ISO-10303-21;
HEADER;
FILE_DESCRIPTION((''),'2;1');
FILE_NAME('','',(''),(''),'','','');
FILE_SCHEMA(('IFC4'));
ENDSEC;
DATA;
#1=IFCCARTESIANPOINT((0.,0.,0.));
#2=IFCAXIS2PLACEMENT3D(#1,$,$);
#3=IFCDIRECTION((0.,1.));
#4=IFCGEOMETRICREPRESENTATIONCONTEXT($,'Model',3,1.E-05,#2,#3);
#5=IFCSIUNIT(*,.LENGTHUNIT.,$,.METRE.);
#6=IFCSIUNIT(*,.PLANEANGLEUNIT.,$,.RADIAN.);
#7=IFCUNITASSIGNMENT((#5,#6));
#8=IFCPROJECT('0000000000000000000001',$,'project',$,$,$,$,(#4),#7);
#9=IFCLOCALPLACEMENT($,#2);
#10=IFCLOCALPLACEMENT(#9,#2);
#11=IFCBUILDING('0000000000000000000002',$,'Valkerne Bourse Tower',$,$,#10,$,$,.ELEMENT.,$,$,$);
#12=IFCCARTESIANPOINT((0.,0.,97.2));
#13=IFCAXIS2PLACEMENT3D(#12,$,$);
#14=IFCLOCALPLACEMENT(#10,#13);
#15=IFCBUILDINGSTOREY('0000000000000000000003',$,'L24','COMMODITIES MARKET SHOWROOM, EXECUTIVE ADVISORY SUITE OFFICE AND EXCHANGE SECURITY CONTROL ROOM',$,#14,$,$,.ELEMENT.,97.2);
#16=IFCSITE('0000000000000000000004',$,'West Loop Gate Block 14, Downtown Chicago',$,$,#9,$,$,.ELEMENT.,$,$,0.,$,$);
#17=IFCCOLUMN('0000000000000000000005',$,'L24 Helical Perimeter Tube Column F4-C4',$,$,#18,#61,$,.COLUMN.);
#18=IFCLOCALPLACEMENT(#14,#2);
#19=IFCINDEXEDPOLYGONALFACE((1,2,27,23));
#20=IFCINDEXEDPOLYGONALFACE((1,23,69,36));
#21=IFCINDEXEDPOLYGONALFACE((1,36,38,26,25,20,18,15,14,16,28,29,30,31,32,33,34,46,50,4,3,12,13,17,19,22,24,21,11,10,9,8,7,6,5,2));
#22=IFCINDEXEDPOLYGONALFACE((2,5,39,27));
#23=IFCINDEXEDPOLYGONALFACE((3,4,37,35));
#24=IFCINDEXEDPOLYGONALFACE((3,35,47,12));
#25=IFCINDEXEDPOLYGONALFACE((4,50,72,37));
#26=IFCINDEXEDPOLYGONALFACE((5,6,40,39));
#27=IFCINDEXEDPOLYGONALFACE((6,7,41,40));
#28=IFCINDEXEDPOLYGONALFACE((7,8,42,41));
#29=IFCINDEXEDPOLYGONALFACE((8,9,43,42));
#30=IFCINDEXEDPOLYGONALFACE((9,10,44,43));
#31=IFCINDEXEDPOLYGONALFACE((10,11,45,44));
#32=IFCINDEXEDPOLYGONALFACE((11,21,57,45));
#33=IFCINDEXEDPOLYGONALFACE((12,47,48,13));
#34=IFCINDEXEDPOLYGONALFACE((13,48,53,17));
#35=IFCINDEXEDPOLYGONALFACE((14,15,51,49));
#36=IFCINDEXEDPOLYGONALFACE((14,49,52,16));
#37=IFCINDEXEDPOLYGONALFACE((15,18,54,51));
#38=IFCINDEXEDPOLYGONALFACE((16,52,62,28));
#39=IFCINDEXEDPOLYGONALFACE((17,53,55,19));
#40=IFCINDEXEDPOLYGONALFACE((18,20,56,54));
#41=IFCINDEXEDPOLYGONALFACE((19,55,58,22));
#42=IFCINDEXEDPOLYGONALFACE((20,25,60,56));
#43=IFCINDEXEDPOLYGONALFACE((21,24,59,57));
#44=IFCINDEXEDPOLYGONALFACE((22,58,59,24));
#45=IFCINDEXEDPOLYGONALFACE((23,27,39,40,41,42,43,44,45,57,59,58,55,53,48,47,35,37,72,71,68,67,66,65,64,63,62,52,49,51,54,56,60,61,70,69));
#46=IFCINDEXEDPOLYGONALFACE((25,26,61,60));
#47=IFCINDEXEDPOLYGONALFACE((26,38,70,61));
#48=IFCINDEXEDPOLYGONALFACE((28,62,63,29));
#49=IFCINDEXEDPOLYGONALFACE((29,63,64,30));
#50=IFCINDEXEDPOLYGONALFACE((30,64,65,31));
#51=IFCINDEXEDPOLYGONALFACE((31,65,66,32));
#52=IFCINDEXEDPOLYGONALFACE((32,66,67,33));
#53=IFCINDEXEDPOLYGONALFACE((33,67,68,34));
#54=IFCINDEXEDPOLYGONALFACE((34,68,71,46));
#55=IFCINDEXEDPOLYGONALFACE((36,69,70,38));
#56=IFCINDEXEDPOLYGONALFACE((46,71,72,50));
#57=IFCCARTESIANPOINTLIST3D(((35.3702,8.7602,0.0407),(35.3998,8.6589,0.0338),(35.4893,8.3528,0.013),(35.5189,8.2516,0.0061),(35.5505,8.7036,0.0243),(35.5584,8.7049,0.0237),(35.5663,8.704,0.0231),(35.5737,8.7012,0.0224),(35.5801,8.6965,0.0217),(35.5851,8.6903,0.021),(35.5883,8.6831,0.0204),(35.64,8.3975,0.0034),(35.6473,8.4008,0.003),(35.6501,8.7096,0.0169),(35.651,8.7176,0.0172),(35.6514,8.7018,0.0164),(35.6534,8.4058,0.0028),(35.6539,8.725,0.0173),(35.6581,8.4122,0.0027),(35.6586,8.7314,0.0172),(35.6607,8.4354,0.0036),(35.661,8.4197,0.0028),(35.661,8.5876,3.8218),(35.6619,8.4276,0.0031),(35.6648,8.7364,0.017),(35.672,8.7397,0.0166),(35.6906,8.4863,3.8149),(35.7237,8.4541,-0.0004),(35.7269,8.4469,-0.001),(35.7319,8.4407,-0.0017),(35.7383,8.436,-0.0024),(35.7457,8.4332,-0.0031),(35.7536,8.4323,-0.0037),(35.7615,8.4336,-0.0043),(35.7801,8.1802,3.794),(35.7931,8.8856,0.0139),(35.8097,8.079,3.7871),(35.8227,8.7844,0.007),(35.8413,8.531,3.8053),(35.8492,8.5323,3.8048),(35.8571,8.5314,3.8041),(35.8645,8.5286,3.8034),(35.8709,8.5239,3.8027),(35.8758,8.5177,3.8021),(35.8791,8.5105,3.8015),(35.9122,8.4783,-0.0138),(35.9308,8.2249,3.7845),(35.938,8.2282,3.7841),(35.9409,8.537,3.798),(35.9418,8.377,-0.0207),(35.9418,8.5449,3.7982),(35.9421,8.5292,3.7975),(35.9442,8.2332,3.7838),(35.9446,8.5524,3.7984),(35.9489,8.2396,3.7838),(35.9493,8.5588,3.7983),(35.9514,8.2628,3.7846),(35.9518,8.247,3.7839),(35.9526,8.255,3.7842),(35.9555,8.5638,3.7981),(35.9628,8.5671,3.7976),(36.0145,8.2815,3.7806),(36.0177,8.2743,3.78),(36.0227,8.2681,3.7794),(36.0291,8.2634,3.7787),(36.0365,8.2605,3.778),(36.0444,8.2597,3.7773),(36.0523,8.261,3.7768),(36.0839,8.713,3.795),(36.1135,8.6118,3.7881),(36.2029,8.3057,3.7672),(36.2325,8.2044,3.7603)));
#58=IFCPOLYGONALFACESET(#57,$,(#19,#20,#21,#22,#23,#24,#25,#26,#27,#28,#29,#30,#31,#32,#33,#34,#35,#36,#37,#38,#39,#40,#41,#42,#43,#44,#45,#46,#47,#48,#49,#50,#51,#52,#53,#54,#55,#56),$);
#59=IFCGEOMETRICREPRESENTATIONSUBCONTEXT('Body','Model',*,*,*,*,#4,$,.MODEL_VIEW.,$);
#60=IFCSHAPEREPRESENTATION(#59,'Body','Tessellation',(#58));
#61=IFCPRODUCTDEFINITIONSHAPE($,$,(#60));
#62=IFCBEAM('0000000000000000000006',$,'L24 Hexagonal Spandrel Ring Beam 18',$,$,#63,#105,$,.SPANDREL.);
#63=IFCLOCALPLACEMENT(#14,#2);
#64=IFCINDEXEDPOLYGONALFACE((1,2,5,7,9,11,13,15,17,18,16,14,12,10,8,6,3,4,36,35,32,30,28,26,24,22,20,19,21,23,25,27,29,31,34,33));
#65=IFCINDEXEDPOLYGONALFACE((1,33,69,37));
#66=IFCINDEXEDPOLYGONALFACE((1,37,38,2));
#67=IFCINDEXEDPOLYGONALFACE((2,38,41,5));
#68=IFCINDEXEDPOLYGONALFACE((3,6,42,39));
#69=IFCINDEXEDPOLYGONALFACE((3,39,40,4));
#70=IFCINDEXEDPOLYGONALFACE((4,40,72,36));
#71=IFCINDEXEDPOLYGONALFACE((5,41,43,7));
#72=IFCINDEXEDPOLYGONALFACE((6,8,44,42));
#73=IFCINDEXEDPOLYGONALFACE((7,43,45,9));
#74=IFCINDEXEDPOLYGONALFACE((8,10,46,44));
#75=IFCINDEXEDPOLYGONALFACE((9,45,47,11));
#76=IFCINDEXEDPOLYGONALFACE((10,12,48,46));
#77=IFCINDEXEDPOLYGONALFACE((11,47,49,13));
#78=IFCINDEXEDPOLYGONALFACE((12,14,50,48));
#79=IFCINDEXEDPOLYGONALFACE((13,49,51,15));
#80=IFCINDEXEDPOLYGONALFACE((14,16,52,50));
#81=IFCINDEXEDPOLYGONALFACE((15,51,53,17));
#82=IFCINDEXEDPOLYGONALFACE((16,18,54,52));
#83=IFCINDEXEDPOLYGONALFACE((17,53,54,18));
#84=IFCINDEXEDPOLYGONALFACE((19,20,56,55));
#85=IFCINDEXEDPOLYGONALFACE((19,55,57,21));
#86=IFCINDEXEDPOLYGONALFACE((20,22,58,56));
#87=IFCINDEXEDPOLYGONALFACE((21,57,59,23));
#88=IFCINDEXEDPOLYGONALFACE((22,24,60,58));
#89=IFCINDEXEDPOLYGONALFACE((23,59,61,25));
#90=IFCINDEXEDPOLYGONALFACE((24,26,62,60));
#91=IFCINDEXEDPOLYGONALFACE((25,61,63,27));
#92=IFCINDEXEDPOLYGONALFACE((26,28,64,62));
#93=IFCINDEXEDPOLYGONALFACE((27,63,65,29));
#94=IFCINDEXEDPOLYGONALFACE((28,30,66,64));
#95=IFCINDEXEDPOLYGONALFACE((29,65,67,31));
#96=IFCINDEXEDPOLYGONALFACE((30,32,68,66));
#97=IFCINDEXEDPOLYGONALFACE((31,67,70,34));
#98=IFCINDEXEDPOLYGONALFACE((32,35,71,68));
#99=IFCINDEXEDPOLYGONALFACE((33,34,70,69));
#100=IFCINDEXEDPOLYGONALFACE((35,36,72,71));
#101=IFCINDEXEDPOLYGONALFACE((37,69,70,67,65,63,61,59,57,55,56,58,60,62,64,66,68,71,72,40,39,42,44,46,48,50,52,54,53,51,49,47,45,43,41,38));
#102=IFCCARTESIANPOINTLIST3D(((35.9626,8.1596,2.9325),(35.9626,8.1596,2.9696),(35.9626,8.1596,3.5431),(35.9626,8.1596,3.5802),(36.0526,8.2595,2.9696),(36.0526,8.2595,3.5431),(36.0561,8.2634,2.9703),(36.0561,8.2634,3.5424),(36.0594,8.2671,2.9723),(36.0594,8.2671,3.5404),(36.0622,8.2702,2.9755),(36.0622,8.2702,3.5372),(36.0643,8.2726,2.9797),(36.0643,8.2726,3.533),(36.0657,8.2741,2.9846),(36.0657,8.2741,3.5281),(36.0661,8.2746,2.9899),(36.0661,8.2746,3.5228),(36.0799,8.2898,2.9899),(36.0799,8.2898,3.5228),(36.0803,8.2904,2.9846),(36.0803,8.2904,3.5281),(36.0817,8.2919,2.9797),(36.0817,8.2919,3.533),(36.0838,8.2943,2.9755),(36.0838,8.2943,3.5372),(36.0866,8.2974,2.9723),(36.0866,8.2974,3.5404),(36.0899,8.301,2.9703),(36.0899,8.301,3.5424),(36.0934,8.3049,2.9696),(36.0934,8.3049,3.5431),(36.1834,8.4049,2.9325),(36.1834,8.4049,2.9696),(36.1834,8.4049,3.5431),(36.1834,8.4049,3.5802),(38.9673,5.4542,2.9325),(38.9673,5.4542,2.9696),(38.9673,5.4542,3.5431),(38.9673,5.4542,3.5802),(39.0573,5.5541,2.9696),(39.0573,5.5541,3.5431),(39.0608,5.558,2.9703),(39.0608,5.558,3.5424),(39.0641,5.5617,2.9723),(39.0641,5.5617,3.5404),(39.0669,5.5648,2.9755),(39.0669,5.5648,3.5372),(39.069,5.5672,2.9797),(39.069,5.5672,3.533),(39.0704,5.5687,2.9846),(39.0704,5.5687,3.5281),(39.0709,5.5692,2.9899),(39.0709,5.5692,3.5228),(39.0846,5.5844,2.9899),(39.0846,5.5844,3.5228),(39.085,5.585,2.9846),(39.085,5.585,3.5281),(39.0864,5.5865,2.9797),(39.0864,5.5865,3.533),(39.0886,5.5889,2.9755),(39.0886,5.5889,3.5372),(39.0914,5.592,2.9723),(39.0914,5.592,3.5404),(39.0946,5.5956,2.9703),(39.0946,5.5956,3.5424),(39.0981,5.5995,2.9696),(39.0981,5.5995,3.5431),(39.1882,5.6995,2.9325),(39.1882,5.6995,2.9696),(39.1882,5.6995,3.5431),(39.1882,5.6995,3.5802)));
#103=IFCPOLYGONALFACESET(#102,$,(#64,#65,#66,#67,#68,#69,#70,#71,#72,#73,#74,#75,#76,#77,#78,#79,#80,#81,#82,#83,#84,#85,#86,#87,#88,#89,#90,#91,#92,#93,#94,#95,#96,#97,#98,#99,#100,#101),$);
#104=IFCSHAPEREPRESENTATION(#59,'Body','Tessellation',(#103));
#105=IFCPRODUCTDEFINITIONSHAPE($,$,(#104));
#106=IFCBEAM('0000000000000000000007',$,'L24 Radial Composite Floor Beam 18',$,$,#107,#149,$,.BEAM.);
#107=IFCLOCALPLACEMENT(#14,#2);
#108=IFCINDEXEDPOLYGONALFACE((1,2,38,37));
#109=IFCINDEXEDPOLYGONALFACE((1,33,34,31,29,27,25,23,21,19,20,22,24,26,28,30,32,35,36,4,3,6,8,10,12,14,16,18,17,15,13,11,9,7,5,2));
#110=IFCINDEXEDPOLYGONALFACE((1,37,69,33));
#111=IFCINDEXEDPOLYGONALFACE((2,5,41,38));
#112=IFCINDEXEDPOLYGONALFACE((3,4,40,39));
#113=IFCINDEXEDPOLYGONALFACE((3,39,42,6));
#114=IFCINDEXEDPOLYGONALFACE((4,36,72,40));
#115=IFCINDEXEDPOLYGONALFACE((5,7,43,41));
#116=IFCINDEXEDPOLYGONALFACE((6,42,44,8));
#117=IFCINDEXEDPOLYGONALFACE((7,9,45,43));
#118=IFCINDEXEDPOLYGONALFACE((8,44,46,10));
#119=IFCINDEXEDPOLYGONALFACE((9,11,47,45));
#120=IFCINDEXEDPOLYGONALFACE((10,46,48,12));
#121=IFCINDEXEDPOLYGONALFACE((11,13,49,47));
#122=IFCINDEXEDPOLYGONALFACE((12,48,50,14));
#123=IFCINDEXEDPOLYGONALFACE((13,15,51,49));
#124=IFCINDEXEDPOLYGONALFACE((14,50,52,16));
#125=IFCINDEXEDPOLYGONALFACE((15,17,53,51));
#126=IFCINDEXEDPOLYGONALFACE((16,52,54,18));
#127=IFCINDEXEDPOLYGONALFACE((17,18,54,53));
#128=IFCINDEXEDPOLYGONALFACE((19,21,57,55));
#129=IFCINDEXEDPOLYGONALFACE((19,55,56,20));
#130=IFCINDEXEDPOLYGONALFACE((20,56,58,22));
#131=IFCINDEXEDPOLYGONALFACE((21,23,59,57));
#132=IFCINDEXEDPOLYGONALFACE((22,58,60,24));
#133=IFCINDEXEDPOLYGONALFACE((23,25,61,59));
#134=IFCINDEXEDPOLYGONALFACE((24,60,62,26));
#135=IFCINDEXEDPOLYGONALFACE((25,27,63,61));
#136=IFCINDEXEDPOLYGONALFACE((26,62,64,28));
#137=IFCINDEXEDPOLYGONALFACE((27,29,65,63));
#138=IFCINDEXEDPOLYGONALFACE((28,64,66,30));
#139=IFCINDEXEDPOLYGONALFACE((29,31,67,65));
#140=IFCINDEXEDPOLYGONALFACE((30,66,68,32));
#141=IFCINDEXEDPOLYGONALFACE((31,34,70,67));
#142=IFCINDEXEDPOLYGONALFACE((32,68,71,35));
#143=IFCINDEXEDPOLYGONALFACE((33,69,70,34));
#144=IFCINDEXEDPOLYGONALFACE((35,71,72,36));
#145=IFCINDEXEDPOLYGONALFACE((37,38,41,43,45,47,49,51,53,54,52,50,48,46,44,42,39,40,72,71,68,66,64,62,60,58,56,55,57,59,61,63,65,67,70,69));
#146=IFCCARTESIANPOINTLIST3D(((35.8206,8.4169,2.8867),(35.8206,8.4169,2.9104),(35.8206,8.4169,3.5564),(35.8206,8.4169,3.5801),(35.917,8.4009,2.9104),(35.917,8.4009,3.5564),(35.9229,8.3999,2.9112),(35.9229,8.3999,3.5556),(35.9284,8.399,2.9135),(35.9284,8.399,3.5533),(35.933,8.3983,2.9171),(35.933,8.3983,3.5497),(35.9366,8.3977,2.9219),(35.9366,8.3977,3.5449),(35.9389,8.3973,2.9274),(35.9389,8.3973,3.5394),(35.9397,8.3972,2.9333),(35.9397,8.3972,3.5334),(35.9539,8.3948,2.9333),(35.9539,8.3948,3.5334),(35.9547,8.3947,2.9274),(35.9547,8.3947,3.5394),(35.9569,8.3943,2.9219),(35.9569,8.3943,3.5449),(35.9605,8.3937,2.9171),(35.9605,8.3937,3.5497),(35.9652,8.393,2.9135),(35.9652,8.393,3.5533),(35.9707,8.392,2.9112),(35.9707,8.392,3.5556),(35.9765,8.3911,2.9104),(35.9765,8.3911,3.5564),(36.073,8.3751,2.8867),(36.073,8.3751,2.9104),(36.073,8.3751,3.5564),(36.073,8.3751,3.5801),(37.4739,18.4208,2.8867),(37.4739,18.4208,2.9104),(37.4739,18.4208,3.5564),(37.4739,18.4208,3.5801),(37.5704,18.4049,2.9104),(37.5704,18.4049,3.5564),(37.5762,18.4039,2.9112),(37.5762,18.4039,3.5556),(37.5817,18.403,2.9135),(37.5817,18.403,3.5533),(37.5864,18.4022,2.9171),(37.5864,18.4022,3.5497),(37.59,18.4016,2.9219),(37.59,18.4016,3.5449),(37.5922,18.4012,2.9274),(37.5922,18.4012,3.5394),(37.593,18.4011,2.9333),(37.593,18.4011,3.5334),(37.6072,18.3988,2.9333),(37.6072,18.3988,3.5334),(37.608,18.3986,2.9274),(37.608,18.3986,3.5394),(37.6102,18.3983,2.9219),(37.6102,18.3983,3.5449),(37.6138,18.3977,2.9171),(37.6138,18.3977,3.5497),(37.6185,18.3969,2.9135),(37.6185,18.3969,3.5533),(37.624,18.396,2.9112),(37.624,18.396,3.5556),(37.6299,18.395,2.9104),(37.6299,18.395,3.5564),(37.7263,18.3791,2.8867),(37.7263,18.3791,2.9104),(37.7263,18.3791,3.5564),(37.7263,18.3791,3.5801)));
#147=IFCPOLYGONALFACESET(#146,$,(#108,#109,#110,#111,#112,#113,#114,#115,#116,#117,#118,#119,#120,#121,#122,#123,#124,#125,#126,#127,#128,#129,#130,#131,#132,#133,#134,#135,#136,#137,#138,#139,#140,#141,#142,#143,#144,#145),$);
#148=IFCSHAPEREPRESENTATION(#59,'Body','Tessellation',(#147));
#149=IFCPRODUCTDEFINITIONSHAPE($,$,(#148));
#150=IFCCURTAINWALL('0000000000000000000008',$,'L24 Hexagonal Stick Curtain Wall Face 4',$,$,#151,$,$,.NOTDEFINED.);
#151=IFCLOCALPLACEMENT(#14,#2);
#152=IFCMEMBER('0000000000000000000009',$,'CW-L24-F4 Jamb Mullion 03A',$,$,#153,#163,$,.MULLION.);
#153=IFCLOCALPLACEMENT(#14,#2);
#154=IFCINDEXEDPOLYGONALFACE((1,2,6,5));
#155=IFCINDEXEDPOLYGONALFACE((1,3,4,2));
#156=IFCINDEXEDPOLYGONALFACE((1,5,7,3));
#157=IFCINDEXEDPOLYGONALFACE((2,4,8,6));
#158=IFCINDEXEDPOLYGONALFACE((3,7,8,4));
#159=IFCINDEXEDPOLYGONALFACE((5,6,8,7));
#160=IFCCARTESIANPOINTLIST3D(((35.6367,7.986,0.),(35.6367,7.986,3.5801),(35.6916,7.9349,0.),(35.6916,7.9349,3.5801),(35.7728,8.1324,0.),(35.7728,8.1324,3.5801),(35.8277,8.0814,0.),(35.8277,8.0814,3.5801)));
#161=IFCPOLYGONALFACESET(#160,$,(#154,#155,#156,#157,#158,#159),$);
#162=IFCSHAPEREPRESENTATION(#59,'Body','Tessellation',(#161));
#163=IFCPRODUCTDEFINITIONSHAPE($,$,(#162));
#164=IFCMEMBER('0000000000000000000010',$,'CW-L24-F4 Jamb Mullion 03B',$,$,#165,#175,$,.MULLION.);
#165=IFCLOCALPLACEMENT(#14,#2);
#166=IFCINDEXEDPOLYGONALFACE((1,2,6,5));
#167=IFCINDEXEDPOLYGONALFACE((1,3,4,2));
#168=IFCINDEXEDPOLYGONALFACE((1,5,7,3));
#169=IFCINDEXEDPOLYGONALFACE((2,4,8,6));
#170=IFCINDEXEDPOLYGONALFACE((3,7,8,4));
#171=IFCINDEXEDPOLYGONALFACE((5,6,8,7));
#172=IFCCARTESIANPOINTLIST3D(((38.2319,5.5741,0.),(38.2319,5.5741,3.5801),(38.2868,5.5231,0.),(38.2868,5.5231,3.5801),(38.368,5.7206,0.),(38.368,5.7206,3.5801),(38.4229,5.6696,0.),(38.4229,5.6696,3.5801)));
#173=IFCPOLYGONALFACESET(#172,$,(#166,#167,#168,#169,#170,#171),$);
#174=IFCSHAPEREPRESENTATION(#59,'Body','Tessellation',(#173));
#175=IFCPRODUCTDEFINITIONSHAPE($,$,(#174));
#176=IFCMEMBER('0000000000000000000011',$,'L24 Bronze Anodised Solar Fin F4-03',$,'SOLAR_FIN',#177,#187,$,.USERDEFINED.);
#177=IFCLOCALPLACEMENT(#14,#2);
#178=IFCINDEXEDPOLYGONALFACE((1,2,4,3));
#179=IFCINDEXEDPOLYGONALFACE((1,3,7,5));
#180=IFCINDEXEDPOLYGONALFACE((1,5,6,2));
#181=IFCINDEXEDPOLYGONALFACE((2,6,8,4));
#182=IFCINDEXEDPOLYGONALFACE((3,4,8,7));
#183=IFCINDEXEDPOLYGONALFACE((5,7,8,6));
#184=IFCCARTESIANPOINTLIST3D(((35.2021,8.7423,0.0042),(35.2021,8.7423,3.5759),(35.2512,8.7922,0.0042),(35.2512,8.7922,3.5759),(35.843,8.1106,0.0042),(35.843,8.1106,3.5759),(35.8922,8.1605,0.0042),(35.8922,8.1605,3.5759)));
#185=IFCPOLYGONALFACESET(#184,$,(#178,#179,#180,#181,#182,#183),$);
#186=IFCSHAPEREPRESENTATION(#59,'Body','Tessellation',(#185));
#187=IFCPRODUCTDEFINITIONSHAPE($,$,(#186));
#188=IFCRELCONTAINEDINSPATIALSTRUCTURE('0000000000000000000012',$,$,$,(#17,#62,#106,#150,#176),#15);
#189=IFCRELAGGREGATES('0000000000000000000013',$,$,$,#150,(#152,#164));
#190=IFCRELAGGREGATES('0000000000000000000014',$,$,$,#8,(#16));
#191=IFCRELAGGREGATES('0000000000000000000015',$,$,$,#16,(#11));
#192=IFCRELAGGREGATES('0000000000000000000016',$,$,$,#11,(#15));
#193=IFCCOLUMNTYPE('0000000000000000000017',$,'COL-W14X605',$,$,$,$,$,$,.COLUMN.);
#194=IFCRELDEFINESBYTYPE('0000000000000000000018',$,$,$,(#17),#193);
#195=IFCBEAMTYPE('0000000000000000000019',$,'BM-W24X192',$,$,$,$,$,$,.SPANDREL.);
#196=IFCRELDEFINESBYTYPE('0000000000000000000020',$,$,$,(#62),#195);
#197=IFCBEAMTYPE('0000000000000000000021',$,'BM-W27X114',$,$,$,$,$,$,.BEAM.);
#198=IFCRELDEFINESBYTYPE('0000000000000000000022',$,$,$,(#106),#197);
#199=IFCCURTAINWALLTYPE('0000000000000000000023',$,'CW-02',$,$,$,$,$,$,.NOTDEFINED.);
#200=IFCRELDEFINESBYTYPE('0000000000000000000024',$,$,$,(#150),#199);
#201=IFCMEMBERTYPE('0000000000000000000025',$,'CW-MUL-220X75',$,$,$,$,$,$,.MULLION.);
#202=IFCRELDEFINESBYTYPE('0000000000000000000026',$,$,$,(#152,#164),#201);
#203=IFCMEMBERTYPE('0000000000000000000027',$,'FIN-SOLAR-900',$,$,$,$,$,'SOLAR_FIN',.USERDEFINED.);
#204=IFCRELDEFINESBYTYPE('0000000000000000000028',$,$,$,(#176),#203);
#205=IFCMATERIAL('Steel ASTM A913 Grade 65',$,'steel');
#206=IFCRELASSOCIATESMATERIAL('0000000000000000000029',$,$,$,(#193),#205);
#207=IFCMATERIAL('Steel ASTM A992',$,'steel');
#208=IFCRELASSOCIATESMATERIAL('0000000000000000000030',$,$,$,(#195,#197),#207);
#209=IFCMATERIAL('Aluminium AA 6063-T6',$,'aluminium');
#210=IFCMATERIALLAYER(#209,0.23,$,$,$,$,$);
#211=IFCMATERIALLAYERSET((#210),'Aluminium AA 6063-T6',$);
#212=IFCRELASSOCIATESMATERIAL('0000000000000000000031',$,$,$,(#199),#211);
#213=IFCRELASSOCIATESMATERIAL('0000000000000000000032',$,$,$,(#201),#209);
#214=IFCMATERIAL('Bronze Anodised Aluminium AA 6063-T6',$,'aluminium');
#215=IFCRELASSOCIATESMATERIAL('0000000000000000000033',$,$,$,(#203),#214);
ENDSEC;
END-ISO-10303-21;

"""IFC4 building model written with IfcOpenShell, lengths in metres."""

from ifc_helpers import new_model, si_unit, direction, frame, origin, origin_2d, place, context, subcontext, project, spatial, rectangle, i_section, extrude, material, layer, layer_set, material_profile, profile_set, type_object, element, aggregate, save


model = new_model("IFC4")

# Units and contexts
model_context = context("Model", 3, precision=1e-05, world=origin(), true_north=direction((0.0, 1.0)))
body_context = subcontext(model_context, "Body", "Model", "MODEL_VIEW")
ifc_project = project(units=[si_unit("LENGTHUNIT", "METRE"), si_unit("PLANEANGLEUNIT", "RADIAN")], contexts=[model_context])

# Site, building, storey
site_placement = place(None, origin())
site = spatial("IfcSite", under=ifc_project, at=site_placement, Name="West Loop Gate Block 14, Downtown Chicago", CompositionType="ELEMENT", RefElevation=0.0)
building_placement = place(site_placement, origin())
building = spatial("IfcBuilding", under=site, at=building_placement, Name="Valkerne Bourse Tower", CompositionType="ELEMENT")
storey_placement = place(building_placement, frame((0.0, 0.0, 97.2)))
storey = spatial("IfcBuildingStorey", under=building, at=storey_placement, Name="L24", Description="COMMODITIES MARKET SHOWROOM, EXECUTIVE ADVISORY SUITE OFFICE AND EXCHANGE SECURITY CONTROL ROOM", CompositionType="ELEMENT", Elevation=97.2)

# Column
ifc_material_1 = material(Name="Steel ASTM A913 Grade 65", Category="steel")
ifc_material_profile_1 = material_profile(ifc_material_1, i_section(OverallWidth=0.4419, OverallDepth=0.531, WebThickness=0.0659, FlangeThickness=0.1057, FilletRadius=0.0305, at=origin_2d()), Name="W14X605")
ifc_profile_set_1 = profile_set([ifc_material_profile_1], Name="Steel ASTM A913 Grade 65")
column_type = type_object("IfcColumnType", Name="COL-W14X605", PredefinedType="COLUMN", material=ifc_profile_set_1)
column_placement = place(storey_placement, frame((35.656, 8.5686, 0.01), z_axis=(0.076598, -0.04547, 0.996025), x_axis=(0.956958, 0.28382, -0.060636)))
element("IfcColumn", 1, at=column_placement, inside=storey, type_object=column_type, Name="L24 Helical Perimeter Tube Column F4-C4", PredefinedType="COLUMN", context=body_context, shape_type="SweptSolid", body=[
    extrude(i_section(OverallWidth=0.4419, OverallDepth=0.531, WebThickness=0.0659, FlangeThickness=0.1057, FilletRadius=0.0305, at=origin_2d()), origin(), (0.0, 0.0, 1.0), 3.7961),
])

# Beams
ifc_material_2 = material(Name="Steel ASTM A992", Category="steel")
ifc_material_profile_2 = material_profile(ifc_material_2, i_section(OverallWidth=0.3301, OverallDepth=0.6477, WebThickness=0.0205, FlangeThickness=0.0371, FilletRadius=0.0203, at=origin_2d()), Name="W24X192")
ifc_profile_set_2 = profile_set([ifc_material_profile_2], Name="Steel ASTM A992")
beam_type_1 = type_object("IfcBeamType", Name="BM-W24X192", PredefinedType="SPANDREL", material=ifc_profile_set_2)
beam_1_placement = place(storey_placement, frame((36.073, 8.2822, 3.2563), z_axis=(0.743153, -0.669122, 0.0), x_axis=(0.669122, 0.743153, 0.0)))
element("IfcBeam", 2, at=beam_1_placement, inside=storey, type_object=beam_type_1, Name="L24 Hexagonal Spandrel Ring Beam 18", PredefinedType="SPANDREL", context=body_context, shape_type="SweptSolid", body=[
    extrude(i_section(OverallWidth=0.3301, OverallDepth=0.6477, WebThickness=0.0205, FlangeThickness=0.0371, FilletRadius=0.0203, at=origin_2d()), origin(), (0.0, 0.0, 1.0), 4.0432),
])
ifc_material_profile_3 = material_profile(ifc_material_2, i_section(OverallWidth=0.2559, OverallDepth=0.6934, WebThickness=0.0144, FlangeThickness=0.0237, FilletRadius=0.0229, at=origin_2d()), Name="W27X114")
ifc_profile_set_3 = profile_set([ifc_material_profile_3], Name="Steel ASTM A992")
beam_type_2 = type_object("IfcBeamType", Name="BM-W27X114", PredefinedType="BEAM", material=ifc_profile_set_3)
beam_2_placement = place(storey_placement, frame((35.9468, 8.396, 3.2334), z_axis=(0.163056, 0.986617, 0.0), x_axis=(-0.986617, 0.163056, 0.0)))
element("IfcBeam", 3, at=beam_2_placement, inside=storey, type_object=beam_type_2, Name="L24 Radial Composite Floor Beam 18", PredefinedType="BEAM", context=body_context, shape_type="SweptSolid", body=[
    extrude(i_section(OverallWidth=0.2559, OverallDepth=0.6934, WebThickness=0.0144, FlangeThickness=0.0237, FilletRadius=0.0229, at=origin_2d()), origin(), (0.0, 0.0, 1.0), 10.1396),
])

# Curtain wall, members
ifc_material_3 = material(Name="Aluminium AA 6063-T6", Category="aluminium")
ifc_layer_1 = layer(ifc_material_3, 0.23)
ifc_layer_set_1 = layer_set([ifc_layer_1], Name="Aluminium AA 6063-T6")
curtain_wall_type = type_object("IfcCurtainWallType", Name="CW-02", PredefinedType="NOTDEFINED", material=ifc_layer_set_1)
curtain_wall_placement = place(storey_placement, origin())
curtain_wall = element("IfcCurtainWall", 4, at=curtain_wall_placement, inside=storey, type_object=curtain_wall_type, Name="L24 Hexagonal Stick Curtain Wall Face 4", PredefinedType="NOTDEFINED")
ifc_material_profile_4 = material_profile(ifc_material_3, rectangle(XDim=0.075, YDim=0.2, at=origin_2d()), Name="CWM-75X200")
ifc_profile_set_4 = profile_set([ifc_material_profile_4], Name="Aluminium AA 6063-T6")
member_type_1 = type_object("IfcMemberType", Name="CW-MUL-220X75", PredefinedType="MULLION", material=ifc_profile_set_4)
member_1_placement = place(storey_placement, frame((35.7322, 8.0337, 0.0), z_axis=(0.0, 0.0, 1.0), x_axis=(0.732539, -0.680725, 0.0)))
member_1 = element("IfcMember", 5, at=member_1_placement, type_object=member_type_1, Name="CW-L24-F4 Jamb Mullion 03A", PredefinedType="MULLION", context=body_context, shape_type="SweptSolid", body=[
    extrude(rectangle(XDim=0.075, YDim=0.2, at=origin_2d()), origin(), (0.0, 0.0, 1.0), 3.5801),
])
member_2_placement = place(storey_placement, frame((38.3274, 5.6218, 0.0), z_axis=(0.0, 0.0, 1.0), x_axis=(0.732539, -0.680725, 0.0)))
member_2 = element("IfcMember", 6, at=member_2_placement, type_object=member_type_1, Name="CW-L24-F4 Jamb Mullion 03B", PredefinedType="MULLION", context=body_context, shape_type="SweptSolid", body=[
    extrude(rectangle(XDim=0.075, YDim=0.2, at=origin_2d()), origin(), (0.0, 0.0, 1.0), 3.5801),
])

# Member
ifc_material_4 = material(Name="Bronze Anodised Aluminium AA 6063-T6", Category="aluminium")
ifc_material_profile_5 = material_profile(ifc_material_4, rectangle(XDim=0.0701, YDim=0.8999, at=origin_2d()), Name="FIN-70X900")
ifc_profile_set_5 = profile_set([ifc_material_profile_5], Name="Bronze Anodised Aluminium AA 6063-T6")
member_type_2 = type_object("IfcMemberType", Name="FIN-SOLAR-900", ElementType="SOLAR_FIN", PredefinedType="USERDEFINED", material=ifc_profile_set_5)
member_3_placement = place(storey_placement, frame((35.5471, 8.4514, 0.0042), z_axis=(0.0, 0.0, 1.0), x_axis=(-0.701933, -0.712243, 0.0)))
element("IfcMember", 7, at=member_3_placement, inside=storey, type_object=member_type_2, Name="L24 Bronze Anodised Solar Fin F4-03", ObjectType="SOLAR_FIN", PredefinedType="USERDEFINED", context=body_context, shape_type="SweptSolid", body=[
    extrude(rectangle(XDim=0.0701, YDim=0.8999, at=origin_2d()), origin(), (0.0, 0.0, 1.0), 3.5718),
])

aggregate(curtain_wall, [member_1, member_2])

save(model, "model.ifc")
